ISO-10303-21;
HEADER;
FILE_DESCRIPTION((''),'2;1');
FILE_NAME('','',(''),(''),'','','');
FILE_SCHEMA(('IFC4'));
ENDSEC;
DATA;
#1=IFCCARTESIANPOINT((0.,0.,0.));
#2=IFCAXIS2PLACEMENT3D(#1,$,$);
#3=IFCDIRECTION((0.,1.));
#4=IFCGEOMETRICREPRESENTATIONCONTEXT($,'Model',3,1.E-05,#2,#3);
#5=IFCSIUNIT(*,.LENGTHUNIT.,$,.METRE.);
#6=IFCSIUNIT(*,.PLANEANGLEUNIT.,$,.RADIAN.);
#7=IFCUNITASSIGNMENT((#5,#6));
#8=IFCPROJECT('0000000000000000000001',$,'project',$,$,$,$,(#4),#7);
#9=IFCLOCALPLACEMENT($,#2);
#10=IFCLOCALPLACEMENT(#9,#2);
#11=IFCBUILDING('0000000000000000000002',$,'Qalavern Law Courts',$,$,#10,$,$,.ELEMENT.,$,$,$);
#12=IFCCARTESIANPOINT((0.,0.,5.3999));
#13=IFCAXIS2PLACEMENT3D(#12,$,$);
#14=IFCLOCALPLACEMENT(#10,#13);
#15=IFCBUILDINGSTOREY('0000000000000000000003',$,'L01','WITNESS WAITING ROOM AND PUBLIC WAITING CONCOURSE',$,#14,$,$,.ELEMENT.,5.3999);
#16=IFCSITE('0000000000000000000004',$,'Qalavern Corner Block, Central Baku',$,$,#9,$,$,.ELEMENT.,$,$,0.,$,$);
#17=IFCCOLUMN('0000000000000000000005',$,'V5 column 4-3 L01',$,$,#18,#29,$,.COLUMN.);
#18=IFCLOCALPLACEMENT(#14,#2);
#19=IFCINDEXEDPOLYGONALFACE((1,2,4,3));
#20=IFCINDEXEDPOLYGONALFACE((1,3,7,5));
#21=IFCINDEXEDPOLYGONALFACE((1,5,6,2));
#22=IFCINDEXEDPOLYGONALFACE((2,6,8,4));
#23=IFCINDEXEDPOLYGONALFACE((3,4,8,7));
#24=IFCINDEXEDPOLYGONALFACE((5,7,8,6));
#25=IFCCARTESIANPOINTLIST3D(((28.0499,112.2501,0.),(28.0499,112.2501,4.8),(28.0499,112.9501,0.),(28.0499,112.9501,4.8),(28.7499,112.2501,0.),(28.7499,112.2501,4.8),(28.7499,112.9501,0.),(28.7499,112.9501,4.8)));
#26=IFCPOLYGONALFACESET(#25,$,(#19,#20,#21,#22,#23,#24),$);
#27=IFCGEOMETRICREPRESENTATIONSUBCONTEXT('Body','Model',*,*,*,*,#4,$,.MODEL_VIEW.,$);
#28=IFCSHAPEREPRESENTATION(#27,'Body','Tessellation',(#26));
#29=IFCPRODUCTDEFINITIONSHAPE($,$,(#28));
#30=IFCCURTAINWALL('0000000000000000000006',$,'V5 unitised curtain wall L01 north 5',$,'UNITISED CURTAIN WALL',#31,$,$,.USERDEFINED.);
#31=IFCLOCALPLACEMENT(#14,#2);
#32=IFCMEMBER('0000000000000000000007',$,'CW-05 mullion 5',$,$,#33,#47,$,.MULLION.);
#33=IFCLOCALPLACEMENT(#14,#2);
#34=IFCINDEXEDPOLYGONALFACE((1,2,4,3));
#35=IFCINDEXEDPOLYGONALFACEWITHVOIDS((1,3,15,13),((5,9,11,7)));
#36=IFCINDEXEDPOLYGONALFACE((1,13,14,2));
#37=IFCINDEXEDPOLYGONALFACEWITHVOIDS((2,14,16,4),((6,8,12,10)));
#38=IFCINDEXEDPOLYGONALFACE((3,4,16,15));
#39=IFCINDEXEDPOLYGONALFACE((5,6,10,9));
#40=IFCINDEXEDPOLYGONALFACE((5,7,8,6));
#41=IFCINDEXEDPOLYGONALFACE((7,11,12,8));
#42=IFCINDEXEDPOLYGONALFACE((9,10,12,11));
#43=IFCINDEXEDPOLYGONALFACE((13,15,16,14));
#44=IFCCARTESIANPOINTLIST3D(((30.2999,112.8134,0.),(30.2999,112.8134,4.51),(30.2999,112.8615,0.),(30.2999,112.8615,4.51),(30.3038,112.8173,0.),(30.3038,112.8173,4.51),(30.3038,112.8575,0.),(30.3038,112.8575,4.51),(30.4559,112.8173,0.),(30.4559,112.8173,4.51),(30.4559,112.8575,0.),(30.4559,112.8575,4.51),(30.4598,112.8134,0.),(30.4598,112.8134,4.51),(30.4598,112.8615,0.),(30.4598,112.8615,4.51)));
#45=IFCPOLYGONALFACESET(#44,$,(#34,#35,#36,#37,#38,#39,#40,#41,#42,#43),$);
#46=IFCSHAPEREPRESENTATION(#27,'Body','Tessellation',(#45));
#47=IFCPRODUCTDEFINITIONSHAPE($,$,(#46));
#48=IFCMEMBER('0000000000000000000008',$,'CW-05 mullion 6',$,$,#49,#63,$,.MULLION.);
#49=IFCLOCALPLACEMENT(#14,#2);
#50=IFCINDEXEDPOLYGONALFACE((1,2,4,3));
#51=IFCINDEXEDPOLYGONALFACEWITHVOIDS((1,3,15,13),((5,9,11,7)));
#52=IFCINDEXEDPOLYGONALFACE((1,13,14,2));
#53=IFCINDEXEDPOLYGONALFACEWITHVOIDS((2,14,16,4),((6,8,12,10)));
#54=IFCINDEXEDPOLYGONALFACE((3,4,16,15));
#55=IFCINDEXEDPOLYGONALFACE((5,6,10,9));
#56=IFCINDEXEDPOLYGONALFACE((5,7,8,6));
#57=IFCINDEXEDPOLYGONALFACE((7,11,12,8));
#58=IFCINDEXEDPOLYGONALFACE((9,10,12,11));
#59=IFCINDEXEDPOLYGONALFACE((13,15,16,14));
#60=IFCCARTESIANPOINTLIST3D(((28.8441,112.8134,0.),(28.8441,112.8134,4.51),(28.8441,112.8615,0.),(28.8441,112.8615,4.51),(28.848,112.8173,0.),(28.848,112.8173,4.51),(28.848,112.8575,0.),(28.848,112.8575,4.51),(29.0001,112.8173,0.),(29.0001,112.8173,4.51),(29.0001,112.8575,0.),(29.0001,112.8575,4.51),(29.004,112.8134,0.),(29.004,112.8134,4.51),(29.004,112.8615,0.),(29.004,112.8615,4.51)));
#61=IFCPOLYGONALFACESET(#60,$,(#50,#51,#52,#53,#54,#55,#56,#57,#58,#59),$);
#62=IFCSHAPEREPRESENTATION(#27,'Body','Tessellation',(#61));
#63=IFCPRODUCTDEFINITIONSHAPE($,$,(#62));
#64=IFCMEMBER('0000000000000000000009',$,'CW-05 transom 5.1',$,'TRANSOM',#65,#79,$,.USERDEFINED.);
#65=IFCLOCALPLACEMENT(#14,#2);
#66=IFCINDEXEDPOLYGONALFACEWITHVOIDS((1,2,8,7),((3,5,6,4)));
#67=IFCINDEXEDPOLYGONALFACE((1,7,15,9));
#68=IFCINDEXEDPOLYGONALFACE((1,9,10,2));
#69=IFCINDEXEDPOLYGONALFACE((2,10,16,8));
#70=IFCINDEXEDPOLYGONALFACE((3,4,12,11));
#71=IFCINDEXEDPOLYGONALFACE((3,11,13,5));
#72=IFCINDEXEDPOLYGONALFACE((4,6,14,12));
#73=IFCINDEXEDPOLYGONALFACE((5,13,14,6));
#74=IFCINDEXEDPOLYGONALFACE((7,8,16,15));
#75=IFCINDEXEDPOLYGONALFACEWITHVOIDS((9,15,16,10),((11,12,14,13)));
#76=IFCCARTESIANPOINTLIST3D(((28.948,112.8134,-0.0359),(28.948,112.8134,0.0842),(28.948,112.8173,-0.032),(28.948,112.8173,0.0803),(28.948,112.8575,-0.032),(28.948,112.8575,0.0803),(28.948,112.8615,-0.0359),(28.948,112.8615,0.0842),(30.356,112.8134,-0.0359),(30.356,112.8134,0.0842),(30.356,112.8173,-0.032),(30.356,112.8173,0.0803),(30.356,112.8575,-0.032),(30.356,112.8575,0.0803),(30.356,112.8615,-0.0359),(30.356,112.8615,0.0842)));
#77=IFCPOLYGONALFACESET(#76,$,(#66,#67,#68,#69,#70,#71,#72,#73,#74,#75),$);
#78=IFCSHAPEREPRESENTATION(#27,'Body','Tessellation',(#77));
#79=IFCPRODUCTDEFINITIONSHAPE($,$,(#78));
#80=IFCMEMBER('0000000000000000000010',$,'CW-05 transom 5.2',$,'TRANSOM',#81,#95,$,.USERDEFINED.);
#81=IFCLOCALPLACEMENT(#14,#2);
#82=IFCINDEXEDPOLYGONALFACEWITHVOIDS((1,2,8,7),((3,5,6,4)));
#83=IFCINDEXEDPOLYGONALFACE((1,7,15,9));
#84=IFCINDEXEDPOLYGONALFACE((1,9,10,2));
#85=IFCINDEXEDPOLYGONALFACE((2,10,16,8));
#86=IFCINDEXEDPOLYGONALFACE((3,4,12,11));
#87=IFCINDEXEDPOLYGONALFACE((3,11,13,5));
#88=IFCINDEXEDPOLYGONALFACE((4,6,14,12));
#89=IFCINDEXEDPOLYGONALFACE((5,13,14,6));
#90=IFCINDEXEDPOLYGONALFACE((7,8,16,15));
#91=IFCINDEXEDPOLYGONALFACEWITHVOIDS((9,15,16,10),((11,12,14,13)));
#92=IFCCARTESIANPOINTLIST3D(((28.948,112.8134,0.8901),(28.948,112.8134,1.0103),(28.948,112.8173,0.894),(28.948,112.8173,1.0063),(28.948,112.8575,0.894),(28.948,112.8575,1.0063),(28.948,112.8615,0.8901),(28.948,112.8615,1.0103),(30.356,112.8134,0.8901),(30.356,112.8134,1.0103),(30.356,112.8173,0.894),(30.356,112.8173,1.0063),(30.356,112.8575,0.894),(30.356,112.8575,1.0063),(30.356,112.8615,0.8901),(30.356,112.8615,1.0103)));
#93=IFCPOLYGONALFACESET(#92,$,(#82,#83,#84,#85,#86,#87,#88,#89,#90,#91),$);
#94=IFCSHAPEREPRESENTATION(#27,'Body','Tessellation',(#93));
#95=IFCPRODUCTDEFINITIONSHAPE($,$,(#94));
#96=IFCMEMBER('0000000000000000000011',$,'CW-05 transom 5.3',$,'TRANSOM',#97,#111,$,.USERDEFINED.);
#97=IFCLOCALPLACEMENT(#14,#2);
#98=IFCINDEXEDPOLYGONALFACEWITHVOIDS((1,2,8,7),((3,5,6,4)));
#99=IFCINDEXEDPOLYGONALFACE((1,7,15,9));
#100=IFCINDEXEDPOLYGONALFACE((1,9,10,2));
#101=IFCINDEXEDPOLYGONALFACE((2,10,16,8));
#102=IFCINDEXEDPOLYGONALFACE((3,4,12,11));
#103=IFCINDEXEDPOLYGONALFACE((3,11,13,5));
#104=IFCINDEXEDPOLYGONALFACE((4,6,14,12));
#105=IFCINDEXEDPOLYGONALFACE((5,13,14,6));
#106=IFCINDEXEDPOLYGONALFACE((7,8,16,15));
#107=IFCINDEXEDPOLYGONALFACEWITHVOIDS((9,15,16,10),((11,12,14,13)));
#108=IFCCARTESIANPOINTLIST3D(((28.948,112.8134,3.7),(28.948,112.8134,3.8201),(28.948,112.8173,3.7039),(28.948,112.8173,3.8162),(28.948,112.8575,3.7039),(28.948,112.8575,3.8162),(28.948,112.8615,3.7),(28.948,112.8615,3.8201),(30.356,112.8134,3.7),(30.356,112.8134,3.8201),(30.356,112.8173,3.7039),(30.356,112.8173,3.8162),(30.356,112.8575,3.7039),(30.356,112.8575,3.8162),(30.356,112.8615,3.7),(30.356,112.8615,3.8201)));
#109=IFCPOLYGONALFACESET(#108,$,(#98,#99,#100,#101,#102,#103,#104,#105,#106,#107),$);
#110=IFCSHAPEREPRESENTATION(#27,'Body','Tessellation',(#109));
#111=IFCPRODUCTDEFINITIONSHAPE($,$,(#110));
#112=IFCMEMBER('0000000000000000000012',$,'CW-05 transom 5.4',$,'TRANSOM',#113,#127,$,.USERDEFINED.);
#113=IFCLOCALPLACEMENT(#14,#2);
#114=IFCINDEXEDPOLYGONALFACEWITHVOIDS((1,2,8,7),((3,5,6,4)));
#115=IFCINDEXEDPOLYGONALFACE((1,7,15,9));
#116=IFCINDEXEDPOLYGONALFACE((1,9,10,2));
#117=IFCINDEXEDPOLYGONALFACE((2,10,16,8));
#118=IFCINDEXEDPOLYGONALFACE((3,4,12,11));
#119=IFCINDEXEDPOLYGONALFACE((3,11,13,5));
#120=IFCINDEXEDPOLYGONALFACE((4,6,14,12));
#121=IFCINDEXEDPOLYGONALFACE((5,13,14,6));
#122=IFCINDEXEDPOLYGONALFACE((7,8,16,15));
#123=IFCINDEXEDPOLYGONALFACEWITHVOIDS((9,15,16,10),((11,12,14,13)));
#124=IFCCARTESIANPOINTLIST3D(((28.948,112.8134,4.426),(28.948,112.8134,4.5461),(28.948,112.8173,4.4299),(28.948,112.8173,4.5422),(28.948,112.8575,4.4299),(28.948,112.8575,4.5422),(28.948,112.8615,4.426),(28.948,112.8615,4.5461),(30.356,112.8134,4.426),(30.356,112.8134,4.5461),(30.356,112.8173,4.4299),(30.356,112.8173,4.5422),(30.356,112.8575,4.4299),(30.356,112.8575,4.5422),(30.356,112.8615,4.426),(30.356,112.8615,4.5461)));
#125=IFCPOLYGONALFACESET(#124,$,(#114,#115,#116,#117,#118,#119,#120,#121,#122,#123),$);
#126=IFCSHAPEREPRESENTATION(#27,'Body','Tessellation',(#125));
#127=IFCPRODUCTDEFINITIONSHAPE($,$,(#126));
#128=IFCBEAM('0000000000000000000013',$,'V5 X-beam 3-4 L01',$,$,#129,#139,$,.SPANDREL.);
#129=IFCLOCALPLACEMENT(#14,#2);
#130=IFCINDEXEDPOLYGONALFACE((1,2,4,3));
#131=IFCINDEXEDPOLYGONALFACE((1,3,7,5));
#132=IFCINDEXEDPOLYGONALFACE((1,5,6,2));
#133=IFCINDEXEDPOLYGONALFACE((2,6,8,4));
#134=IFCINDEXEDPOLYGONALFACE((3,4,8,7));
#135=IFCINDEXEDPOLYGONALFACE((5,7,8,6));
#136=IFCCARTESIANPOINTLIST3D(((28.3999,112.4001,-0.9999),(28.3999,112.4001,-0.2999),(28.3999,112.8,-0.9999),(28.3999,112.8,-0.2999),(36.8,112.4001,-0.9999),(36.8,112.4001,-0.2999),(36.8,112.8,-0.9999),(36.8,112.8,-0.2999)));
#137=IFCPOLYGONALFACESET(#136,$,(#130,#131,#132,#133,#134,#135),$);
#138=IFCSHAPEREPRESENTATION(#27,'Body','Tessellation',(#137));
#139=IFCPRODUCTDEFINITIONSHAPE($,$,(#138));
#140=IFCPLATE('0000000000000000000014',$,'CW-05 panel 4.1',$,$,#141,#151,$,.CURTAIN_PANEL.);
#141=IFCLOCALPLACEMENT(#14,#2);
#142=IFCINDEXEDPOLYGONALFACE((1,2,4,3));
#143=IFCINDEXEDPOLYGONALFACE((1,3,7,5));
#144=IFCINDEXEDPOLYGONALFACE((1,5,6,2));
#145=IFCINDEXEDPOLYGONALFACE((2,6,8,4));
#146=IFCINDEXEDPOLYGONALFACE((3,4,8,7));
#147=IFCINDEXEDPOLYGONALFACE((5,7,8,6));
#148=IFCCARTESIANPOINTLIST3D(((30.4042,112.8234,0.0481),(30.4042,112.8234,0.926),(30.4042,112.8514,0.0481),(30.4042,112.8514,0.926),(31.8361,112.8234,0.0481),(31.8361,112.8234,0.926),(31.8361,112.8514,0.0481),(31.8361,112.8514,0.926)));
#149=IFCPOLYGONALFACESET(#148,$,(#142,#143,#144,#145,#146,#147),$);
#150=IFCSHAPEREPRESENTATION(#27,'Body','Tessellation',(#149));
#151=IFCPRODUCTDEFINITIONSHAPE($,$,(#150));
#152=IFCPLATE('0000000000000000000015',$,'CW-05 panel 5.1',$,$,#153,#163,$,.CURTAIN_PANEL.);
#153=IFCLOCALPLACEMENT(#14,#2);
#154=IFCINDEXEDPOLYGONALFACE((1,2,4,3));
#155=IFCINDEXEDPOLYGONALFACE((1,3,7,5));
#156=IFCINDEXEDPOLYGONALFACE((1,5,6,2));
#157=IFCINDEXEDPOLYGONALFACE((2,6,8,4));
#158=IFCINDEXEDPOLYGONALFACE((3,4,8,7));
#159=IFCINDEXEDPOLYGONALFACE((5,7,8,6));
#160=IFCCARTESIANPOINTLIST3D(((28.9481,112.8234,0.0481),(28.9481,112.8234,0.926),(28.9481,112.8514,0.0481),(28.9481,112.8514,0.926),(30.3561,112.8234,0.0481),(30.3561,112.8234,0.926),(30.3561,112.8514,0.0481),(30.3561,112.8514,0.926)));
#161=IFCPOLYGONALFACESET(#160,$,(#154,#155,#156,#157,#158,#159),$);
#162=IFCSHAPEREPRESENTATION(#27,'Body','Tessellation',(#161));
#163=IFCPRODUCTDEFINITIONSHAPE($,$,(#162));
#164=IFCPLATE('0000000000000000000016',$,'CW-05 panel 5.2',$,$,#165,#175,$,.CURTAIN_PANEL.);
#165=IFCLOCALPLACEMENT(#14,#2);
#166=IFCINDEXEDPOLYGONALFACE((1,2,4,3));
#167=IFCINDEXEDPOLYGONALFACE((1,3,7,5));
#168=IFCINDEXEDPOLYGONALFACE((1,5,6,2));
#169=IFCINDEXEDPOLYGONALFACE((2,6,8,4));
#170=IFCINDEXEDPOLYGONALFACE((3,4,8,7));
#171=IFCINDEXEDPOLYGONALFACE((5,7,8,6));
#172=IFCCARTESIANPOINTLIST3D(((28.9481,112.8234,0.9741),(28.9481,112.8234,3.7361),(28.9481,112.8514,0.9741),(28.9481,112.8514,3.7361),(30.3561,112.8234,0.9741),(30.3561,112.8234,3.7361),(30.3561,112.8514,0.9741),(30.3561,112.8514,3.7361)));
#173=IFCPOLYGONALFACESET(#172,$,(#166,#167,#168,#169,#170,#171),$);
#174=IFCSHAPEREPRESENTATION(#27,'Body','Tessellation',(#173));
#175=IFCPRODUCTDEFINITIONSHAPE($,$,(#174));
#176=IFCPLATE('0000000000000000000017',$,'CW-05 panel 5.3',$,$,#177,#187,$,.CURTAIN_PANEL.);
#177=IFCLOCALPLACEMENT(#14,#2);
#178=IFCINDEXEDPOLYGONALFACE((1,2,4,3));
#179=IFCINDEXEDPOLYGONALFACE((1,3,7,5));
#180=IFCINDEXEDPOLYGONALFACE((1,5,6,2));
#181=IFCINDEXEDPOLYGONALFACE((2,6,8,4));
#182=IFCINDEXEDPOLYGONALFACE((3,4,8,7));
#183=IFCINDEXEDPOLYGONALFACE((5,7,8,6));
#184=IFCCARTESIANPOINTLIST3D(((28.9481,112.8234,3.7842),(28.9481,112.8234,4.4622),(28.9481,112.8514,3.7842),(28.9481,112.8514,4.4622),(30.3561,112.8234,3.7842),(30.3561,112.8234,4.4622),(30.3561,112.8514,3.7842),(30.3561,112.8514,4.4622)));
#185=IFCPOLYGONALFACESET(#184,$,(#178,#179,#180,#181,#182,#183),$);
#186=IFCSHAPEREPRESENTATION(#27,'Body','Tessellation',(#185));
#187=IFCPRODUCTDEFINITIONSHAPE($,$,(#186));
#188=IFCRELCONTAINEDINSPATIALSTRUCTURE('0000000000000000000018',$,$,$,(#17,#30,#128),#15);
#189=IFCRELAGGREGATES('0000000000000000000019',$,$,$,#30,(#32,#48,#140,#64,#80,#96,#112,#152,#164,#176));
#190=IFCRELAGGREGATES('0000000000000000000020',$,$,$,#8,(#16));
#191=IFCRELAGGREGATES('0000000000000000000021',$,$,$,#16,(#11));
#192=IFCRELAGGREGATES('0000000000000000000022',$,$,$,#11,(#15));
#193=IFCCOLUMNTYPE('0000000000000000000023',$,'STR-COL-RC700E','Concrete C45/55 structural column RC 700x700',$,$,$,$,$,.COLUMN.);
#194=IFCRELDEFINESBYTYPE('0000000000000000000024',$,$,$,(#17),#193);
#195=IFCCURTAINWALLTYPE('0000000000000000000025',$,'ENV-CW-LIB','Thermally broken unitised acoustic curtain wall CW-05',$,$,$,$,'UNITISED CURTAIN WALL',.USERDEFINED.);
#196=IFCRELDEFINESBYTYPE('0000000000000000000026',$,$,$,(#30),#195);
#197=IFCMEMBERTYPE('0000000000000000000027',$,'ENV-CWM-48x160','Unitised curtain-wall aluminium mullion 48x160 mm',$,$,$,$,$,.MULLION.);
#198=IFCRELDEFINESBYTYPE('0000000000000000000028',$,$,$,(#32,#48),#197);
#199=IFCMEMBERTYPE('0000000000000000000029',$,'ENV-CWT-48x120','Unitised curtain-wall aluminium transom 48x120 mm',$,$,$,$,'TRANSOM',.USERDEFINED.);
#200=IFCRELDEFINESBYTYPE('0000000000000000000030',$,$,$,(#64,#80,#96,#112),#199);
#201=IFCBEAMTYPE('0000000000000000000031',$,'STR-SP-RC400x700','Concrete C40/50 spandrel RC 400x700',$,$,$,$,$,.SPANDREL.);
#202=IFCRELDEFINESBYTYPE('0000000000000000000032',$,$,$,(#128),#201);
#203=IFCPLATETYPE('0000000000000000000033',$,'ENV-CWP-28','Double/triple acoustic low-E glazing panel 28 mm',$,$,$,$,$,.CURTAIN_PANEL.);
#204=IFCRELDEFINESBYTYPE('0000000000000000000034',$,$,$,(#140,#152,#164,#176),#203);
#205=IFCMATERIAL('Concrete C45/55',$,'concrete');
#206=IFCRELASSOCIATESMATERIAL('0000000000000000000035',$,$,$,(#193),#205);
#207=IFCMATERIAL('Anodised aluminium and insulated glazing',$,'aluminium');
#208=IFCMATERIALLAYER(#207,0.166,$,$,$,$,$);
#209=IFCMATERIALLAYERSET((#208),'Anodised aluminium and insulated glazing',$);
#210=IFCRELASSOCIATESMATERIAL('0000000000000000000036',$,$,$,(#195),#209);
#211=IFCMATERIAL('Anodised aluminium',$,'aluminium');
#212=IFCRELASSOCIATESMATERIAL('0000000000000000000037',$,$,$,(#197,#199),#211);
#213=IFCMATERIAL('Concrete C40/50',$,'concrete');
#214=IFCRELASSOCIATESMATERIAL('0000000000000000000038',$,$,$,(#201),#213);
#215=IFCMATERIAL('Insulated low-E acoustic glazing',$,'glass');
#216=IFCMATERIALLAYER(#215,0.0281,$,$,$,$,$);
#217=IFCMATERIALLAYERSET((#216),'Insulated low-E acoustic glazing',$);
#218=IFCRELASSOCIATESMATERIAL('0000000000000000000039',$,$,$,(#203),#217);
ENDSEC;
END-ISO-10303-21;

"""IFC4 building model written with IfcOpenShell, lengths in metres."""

from ifc_helpers import new_model, si_unit, direction, frame, origin, origin_2d, place, context, subcontext, project, spatial, rectangle, hollow_rectangle, extrude, material, layer, layer_set, material_profile, profile_set, type_object, element, aggregate, save


model = new_model("IFC4")

# Units and contexts
model_context = context("Model", 3, precision=1e-05, world=origin(), true_north=direction((0.0, 1.0)))
body_context = subcontext(model_context, "Body", "Model", "MODEL_VIEW")
ifc_project = project(units=[si_unit("LENGTHUNIT", "METRE"), si_unit("PLANEANGLEUNIT", "RADIAN")], contexts=[model_context])

# Site, building, storey
site_placement = place(None, origin())
site = spatial("IfcSite", under=ifc_project, at=site_placement, Name="Qalavern Corner Block, Central Baku", CompositionType="ELEMENT", RefElevation=0.0)
building_placement = place(site_placement, origin())
building = spatial("IfcBuilding", under=site, at=building_placement, Name="Qalavern Law Courts", CompositionType="ELEMENT")
storey_placement = place(building_placement, frame((0.0, 0.0, 5.3999)))
storey = spatial("IfcBuildingStorey", under=building, at=storey_placement, Name="L01", Description="WITNESS WAITING ROOM AND PUBLIC WAITING CONCOURSE", CompositionType="ELEMENT", Elevation=5.3999)

# Column
ifc_material_1 = material(Name="Concrete C45/55", Category="concrete")
ifc_material_profile_1 = material_profile(ifc_material_1, rectangle(XDim=0.7, YDim=0.7, at=origin_2d()), Name="RC 700x700")
ifc_profile_set_1 = profile_set([ifc_material_profile_1], Name="Concrete C45/55")
column_type = type_object("IfcColumnType", Name="STR-COL-RC700E", Description="Concrete C45/55 structural column RC 700x700", PredefinedType="COLUMN", material=ifc_profile_set_1)
column_placement = place(storey_placement, frame((28.3999, 112.6001, 0.0), z_axis=(0.0, 0.0, 1.0), x_axis=(1.0, 0.0, 0.0)))
element("IfcColumn", 1, at=column_placement, inside=storey, type_object=column_type, Name="V5 column 4-3 L01", PredefinedType="COLUMN", context=body_context, shape_type="SweptSolid", body=[
    extrude(rectangle(XDim=0.7, YDim=0.7, at=origin_2d()), origin(), (0.0, 0.0, 1.0), 4.8),
])

# Curtain wall, members
ifc_material_2 = material(Name="Anodised aluminium and insulated glazing", Category="aluminium")
ifc_layer_1 = layer(ifc_material_2, 0.166)
ifc_layer_set_1 = layer_set([ifc_layer_1], Name="Anodised aluminium and insulated glazing")
curtain_wall_type = type_object("IfcCurtainWallType", Name="ENV-CW-LIB", Description="Thermally broken unitised acoustic curtain wall CW-05", ElementType="UNITISED CURTAIN WALL", PredefinedType="USERDEFINED", material=ifc_layer_set_1)
curtain_wall_placement = place(storey_placement, origin())
curtain_wall = element("IfcCurtainWall", 2, at=curtain_wall_placement, inside=storey, type_object=curtain_wall_type, Name="V5 unitised curtain wall L01 north 5", ObjectType="UNITISED CURTAIN WALL", PredefinedType="USERDEFINED")
ifc_material_3 = material(Name="Anodised aluminium", Category="aluminium")
ifc_material_profile_2 = material_profile(ifc_material_3, hollow_rectangle(XDim=0.0481, YDim=0.1599, WallThickness=0.0039, at=origin_2d()), Name="ALU MULLION 48x160")
ifc_profile_set_2 = profile_set([ifc_material_profile_2], Name="Anodised aluminium")
member_type_1 = type_object("IfcMemberType", Name="ENV-CWM-48x160", Description="Unitised curtain-wall aluminium mullion 48x160 mm", PredefinedType="MULLION", material=ifc_profile_set_2)
member_1_placement = place(storey_placement, frame((30.3799, 112.8374, 0.0), z_axis=(0.0, 0.0, 1.0), x_axis=(0.0, -1.0, 0.0)))
member_1 = element("IfcMember", 3, at=member_1_placement, type_object=member_type_1, Name="CW-05 mullion 5", PredefinedType="MULLION", context=body_context, shape_type="SweptSolid", body=[
    extrude(hollow_rectangle(XDim=0.0481, YDim=0.1599, WallThickness=0.0039, at=origin_2d()), origin(), (0.0, 0.0, 1.0), 4.51),
])
member_2_placement = place(storey_placement, frame((28.9241, 112.8374, 0.0), z_axis=(0.0, 0.0, 1.0), x_axis=(0.0, -1.0, 0.0)))
member_2 = element("IfcMember", 4, at=member_2_placement, type_object=member_type_1, Name="CW-05 mullion 6", PredefinedType="MULLION", context=body_context, shape_type="SweptSolid", body=[
    extrude(hollow_rectangle(XDim=0.0481, YDim=0.1599, WallThickness=0.0039, at=origin_2d()), origin(), (0.0, 0.0, 1.0), 4.51),
])
ifc_material_profile_3 = material_profile(ifc_material_3, hollow_rectangle(XDim=0.0481, YDim=0.1201, WallThickness=0.0039, at=origin_2d()), Name="ALU TRANSOM 48x120")
ifc_profile_set_3 = profile_set([ifc_material_profile_3], Name="Anodised aluminium")
member_type_2 = type_object("IfcMemberType", Name="ENV-CWT-48x120", Description="Unitised curtain-wall aluminium transom 48x120 mm", ElementType="TRANSOM", PredefinedType="USERDEFINED", material=ifc_profile_set_3)
member_3_placement = place(storey_placement, frame((30.356, 112.8374, 0.0242), z_axis=(-1.0, 0.0, 0.0), x_axis=(0.0, -1.0, 0.0)))
member_3 = element("IfcMember", 5, at=member_3_placement, type_object=member_type_2, Name="CW-05 transom 5.1", ObjectType="TRANSOM", PredefinedType="USERDEFINED", context=body_context, shape_type="SweptSolid", body=[
    extrude(hollow_rectangle(XDim=0.0481, YDim=0.1201, WallThickness=0.0039, at=origin_2d()), origin(), (0.0, 0.0, 1.0), 1.408),
])
member_4_placement = place(storey_placement, frame((30.356, 112.8374, 0.9502), z_axis=(-1.0, 0.0, 0.0), x_axis=(0.0, -1.0, 0.0)))
member_4 = element("IfcMember", 6, at=member_4_placement, type_object=member_type_2, Name="CW-05 transom 5.2", ObjectType="TRANSOM", PredefinedType="USERDEFINED", context=body_context, shape_type="SweptSolid", body=[
    extrude(hollow_rectangle(XDim=0.0481, YDim=0.1201, WallThickness=0.0039, at=origin_2d()), origin(), (0.0, 0.0, 1.0), 1.408),
])
member_5_placement = place(storey_placement, frame((30.356, 112.8374, 3.76), z_axis=(-1.0, 0.0, 0.0), x_axis=(0.0, -1.0, 0.0)))
member_5 = element("IfcMember", 7, at=member_5_placement, type_object=member_type_2, Name="CW-05 transom 5.3", ObjectType="TRANSOM", PredefinedType="USERDEFINED", context=body_context, shape_type="SweptSolid", body=[
    extrude(hollow_rectangle(XDim=0.0481, YDim=0.1201, WallThickness=0.0039, at=origin_2d()), origin(), (0.0, 0.0, 1.0), 1.408),
])
member_6_placement = place(storey_placement, frame((30.356, 112.8374, 4.4861), z_axis=(-1.0, 0.0, 0.0), x_axis=(0.0, -1.0, 0.0)))
member_6 = element("IfcMember", 8, at=member_6_placement, type_object=member_type_2, Name="CW-05 transom 5.4", ObjectType="TRANSOM", PredefinedType="USERDEFINED", context=body_context, shape_type="SweptSolid", body=[
    extrude(hollow_rectangle(XDim=0.0481, YDim=0.1201, WallThickness=0.0039, at=origin_2d()), origin(), (0.0, 0.0, 1.0), 1.408),
])

# Beam
ifc_material_4 = material(Name="Concrete C40/50", Category="concrete")
ifc_material_profile_4 = material_profile(ifc_material_4, rectangle(XDim=0.3999, YDim=0.7, at=origin_2d()), Name="RC 400x700")
ifc_profile_set_4 = profile_set([ifc_material_profile_4], Name="Concrete C40/50")
beam_type = type_object("IfcBeamType", Name="STR-SP-RC400x700", Description="Concrete C40/50 spandrel RC 400x700", PredefinedType="SPANDREL", material=ifc_profile_set_4)
beam_placement = place(storey_placement, frame((28.3999, 112.6001, -0.6499), z_axis=(1.0, 0.0, 0.0), x_axis=(0.0, 1.0, 0.0)))
element("IfcBeam", 9, at=beam_placement, inside=storey, type_object=beam_type, Name="V5 X-beam 3-4 L01", PredefinedType="SPANDREL", context=body_context, shape_type="SweptSolid", body=[
    extrude(rectangle(XDim=0.3999, YDim=0.7, at=origin_2d()), origin(), (0.0, 0.0, 1.0), 8.4001),
])

# Plates
ifc_material_5 = material(Name="Insulated low-E acoustic glazing", Category="glass")
ifc_layer_2 = layer(ifc_material_5, 0.0281)
ifc_layer_set_2 = layer_set([ifc_layer_2], Name="Insulated low-E acoustic glazing")
plate_type = type_object("IfcPlateType", Name="ENV-CWP-28", Description="Double/triple acoustic low-E glazing panel 28 mm", PredefinedType="CURTAIN_PANEL", material=ifc_layer_set_2)
plate_1_placement = place(storey_placement, frame((31.1201, 112.8374, 0.0481), z_axis=(0.0, 0.0, 1.0), x_axis=(-1.0, 0.0, 0.0)))
plate_1 = element("IfcPlate", 10, at=plate_1_placement, type_object=plate_type, Name="CW-05 panel 4.1", PredefinedType="CURTAIN_PANEL", context=body_context, shape_type="SweptSolid", body=[
    extrude(rectangle(XDim=1.4319, YDim=0.0281, at=origin_2d()), origin(), (0.0, 0.0, 1.0), 0.8779),
])
plate_2_placement = place(storey_placement, frame((29.6521, 112.8374, 0.0481), z_axis=(0.0, 0.0, 1.0), x_axis=(-1.0, 0.0, 0.0)))
plate_2 = element("IfcPlate", 11, at=plate_2_placement, type_object=plate_type, Name="CW-05 panel 5.1", PredefinedType="CURTAIN_PANEL", context=body_context, shape_type="SweptSolid", body=[
    extrude(rectangle(XDim=1.408, YDim=0.0281, at=origin_2d()), origin(), (0.0, 0.0, 1.0), 0.8779),
])
plate_3_placement = place(storey_placement, frame((29.6521, 112.8374, 0.9741), z_axis=(0.0, 0.0, 1.0), x_axis=(-1.0, 0.0, 0.0)))
plate_3 = element("IfcPlate", 12, at=plate_3_placement, type_object=plate_type, Name="CW-05 panel 5.2", PredefinedType="CURTAIN_PANEL", context=body_context, shape_type="SweptSolid", body=[
    extrude(rectangle(XDim=1.408, YDim=0.0281, at=origin_2d()), origin(), (0.0, 0.0, 1.0), 2.762),
])
plate_4_placement = place(storey_placement, frame((29.6521, 112.8374, 3.7842), z_axis=(0.0, 0.0, 1.0), x_axis=(-1.0, 0.0, 0.0)))
plate_4 = element("IfcPlate", 13, at=plate_4_placement, type_object=plate_type, Name="CW-05 panel 5.3", PredefinedType="CURTAIN_PANEL", context=body_context, shape_type="SweptSolid", body=[
    extrude(rectangle(XDim=1.408, YDim=0.0281, at=origin_2d()), origin(), (0.0, 0.0, 1.0), 0.678),
])
aggregate(curtain_wall, [member_1, member_2, plate_1, member_3, member_4, member_5, member_6, plate_2, plate_3, plate_4])

save(model, "model.ifc")
